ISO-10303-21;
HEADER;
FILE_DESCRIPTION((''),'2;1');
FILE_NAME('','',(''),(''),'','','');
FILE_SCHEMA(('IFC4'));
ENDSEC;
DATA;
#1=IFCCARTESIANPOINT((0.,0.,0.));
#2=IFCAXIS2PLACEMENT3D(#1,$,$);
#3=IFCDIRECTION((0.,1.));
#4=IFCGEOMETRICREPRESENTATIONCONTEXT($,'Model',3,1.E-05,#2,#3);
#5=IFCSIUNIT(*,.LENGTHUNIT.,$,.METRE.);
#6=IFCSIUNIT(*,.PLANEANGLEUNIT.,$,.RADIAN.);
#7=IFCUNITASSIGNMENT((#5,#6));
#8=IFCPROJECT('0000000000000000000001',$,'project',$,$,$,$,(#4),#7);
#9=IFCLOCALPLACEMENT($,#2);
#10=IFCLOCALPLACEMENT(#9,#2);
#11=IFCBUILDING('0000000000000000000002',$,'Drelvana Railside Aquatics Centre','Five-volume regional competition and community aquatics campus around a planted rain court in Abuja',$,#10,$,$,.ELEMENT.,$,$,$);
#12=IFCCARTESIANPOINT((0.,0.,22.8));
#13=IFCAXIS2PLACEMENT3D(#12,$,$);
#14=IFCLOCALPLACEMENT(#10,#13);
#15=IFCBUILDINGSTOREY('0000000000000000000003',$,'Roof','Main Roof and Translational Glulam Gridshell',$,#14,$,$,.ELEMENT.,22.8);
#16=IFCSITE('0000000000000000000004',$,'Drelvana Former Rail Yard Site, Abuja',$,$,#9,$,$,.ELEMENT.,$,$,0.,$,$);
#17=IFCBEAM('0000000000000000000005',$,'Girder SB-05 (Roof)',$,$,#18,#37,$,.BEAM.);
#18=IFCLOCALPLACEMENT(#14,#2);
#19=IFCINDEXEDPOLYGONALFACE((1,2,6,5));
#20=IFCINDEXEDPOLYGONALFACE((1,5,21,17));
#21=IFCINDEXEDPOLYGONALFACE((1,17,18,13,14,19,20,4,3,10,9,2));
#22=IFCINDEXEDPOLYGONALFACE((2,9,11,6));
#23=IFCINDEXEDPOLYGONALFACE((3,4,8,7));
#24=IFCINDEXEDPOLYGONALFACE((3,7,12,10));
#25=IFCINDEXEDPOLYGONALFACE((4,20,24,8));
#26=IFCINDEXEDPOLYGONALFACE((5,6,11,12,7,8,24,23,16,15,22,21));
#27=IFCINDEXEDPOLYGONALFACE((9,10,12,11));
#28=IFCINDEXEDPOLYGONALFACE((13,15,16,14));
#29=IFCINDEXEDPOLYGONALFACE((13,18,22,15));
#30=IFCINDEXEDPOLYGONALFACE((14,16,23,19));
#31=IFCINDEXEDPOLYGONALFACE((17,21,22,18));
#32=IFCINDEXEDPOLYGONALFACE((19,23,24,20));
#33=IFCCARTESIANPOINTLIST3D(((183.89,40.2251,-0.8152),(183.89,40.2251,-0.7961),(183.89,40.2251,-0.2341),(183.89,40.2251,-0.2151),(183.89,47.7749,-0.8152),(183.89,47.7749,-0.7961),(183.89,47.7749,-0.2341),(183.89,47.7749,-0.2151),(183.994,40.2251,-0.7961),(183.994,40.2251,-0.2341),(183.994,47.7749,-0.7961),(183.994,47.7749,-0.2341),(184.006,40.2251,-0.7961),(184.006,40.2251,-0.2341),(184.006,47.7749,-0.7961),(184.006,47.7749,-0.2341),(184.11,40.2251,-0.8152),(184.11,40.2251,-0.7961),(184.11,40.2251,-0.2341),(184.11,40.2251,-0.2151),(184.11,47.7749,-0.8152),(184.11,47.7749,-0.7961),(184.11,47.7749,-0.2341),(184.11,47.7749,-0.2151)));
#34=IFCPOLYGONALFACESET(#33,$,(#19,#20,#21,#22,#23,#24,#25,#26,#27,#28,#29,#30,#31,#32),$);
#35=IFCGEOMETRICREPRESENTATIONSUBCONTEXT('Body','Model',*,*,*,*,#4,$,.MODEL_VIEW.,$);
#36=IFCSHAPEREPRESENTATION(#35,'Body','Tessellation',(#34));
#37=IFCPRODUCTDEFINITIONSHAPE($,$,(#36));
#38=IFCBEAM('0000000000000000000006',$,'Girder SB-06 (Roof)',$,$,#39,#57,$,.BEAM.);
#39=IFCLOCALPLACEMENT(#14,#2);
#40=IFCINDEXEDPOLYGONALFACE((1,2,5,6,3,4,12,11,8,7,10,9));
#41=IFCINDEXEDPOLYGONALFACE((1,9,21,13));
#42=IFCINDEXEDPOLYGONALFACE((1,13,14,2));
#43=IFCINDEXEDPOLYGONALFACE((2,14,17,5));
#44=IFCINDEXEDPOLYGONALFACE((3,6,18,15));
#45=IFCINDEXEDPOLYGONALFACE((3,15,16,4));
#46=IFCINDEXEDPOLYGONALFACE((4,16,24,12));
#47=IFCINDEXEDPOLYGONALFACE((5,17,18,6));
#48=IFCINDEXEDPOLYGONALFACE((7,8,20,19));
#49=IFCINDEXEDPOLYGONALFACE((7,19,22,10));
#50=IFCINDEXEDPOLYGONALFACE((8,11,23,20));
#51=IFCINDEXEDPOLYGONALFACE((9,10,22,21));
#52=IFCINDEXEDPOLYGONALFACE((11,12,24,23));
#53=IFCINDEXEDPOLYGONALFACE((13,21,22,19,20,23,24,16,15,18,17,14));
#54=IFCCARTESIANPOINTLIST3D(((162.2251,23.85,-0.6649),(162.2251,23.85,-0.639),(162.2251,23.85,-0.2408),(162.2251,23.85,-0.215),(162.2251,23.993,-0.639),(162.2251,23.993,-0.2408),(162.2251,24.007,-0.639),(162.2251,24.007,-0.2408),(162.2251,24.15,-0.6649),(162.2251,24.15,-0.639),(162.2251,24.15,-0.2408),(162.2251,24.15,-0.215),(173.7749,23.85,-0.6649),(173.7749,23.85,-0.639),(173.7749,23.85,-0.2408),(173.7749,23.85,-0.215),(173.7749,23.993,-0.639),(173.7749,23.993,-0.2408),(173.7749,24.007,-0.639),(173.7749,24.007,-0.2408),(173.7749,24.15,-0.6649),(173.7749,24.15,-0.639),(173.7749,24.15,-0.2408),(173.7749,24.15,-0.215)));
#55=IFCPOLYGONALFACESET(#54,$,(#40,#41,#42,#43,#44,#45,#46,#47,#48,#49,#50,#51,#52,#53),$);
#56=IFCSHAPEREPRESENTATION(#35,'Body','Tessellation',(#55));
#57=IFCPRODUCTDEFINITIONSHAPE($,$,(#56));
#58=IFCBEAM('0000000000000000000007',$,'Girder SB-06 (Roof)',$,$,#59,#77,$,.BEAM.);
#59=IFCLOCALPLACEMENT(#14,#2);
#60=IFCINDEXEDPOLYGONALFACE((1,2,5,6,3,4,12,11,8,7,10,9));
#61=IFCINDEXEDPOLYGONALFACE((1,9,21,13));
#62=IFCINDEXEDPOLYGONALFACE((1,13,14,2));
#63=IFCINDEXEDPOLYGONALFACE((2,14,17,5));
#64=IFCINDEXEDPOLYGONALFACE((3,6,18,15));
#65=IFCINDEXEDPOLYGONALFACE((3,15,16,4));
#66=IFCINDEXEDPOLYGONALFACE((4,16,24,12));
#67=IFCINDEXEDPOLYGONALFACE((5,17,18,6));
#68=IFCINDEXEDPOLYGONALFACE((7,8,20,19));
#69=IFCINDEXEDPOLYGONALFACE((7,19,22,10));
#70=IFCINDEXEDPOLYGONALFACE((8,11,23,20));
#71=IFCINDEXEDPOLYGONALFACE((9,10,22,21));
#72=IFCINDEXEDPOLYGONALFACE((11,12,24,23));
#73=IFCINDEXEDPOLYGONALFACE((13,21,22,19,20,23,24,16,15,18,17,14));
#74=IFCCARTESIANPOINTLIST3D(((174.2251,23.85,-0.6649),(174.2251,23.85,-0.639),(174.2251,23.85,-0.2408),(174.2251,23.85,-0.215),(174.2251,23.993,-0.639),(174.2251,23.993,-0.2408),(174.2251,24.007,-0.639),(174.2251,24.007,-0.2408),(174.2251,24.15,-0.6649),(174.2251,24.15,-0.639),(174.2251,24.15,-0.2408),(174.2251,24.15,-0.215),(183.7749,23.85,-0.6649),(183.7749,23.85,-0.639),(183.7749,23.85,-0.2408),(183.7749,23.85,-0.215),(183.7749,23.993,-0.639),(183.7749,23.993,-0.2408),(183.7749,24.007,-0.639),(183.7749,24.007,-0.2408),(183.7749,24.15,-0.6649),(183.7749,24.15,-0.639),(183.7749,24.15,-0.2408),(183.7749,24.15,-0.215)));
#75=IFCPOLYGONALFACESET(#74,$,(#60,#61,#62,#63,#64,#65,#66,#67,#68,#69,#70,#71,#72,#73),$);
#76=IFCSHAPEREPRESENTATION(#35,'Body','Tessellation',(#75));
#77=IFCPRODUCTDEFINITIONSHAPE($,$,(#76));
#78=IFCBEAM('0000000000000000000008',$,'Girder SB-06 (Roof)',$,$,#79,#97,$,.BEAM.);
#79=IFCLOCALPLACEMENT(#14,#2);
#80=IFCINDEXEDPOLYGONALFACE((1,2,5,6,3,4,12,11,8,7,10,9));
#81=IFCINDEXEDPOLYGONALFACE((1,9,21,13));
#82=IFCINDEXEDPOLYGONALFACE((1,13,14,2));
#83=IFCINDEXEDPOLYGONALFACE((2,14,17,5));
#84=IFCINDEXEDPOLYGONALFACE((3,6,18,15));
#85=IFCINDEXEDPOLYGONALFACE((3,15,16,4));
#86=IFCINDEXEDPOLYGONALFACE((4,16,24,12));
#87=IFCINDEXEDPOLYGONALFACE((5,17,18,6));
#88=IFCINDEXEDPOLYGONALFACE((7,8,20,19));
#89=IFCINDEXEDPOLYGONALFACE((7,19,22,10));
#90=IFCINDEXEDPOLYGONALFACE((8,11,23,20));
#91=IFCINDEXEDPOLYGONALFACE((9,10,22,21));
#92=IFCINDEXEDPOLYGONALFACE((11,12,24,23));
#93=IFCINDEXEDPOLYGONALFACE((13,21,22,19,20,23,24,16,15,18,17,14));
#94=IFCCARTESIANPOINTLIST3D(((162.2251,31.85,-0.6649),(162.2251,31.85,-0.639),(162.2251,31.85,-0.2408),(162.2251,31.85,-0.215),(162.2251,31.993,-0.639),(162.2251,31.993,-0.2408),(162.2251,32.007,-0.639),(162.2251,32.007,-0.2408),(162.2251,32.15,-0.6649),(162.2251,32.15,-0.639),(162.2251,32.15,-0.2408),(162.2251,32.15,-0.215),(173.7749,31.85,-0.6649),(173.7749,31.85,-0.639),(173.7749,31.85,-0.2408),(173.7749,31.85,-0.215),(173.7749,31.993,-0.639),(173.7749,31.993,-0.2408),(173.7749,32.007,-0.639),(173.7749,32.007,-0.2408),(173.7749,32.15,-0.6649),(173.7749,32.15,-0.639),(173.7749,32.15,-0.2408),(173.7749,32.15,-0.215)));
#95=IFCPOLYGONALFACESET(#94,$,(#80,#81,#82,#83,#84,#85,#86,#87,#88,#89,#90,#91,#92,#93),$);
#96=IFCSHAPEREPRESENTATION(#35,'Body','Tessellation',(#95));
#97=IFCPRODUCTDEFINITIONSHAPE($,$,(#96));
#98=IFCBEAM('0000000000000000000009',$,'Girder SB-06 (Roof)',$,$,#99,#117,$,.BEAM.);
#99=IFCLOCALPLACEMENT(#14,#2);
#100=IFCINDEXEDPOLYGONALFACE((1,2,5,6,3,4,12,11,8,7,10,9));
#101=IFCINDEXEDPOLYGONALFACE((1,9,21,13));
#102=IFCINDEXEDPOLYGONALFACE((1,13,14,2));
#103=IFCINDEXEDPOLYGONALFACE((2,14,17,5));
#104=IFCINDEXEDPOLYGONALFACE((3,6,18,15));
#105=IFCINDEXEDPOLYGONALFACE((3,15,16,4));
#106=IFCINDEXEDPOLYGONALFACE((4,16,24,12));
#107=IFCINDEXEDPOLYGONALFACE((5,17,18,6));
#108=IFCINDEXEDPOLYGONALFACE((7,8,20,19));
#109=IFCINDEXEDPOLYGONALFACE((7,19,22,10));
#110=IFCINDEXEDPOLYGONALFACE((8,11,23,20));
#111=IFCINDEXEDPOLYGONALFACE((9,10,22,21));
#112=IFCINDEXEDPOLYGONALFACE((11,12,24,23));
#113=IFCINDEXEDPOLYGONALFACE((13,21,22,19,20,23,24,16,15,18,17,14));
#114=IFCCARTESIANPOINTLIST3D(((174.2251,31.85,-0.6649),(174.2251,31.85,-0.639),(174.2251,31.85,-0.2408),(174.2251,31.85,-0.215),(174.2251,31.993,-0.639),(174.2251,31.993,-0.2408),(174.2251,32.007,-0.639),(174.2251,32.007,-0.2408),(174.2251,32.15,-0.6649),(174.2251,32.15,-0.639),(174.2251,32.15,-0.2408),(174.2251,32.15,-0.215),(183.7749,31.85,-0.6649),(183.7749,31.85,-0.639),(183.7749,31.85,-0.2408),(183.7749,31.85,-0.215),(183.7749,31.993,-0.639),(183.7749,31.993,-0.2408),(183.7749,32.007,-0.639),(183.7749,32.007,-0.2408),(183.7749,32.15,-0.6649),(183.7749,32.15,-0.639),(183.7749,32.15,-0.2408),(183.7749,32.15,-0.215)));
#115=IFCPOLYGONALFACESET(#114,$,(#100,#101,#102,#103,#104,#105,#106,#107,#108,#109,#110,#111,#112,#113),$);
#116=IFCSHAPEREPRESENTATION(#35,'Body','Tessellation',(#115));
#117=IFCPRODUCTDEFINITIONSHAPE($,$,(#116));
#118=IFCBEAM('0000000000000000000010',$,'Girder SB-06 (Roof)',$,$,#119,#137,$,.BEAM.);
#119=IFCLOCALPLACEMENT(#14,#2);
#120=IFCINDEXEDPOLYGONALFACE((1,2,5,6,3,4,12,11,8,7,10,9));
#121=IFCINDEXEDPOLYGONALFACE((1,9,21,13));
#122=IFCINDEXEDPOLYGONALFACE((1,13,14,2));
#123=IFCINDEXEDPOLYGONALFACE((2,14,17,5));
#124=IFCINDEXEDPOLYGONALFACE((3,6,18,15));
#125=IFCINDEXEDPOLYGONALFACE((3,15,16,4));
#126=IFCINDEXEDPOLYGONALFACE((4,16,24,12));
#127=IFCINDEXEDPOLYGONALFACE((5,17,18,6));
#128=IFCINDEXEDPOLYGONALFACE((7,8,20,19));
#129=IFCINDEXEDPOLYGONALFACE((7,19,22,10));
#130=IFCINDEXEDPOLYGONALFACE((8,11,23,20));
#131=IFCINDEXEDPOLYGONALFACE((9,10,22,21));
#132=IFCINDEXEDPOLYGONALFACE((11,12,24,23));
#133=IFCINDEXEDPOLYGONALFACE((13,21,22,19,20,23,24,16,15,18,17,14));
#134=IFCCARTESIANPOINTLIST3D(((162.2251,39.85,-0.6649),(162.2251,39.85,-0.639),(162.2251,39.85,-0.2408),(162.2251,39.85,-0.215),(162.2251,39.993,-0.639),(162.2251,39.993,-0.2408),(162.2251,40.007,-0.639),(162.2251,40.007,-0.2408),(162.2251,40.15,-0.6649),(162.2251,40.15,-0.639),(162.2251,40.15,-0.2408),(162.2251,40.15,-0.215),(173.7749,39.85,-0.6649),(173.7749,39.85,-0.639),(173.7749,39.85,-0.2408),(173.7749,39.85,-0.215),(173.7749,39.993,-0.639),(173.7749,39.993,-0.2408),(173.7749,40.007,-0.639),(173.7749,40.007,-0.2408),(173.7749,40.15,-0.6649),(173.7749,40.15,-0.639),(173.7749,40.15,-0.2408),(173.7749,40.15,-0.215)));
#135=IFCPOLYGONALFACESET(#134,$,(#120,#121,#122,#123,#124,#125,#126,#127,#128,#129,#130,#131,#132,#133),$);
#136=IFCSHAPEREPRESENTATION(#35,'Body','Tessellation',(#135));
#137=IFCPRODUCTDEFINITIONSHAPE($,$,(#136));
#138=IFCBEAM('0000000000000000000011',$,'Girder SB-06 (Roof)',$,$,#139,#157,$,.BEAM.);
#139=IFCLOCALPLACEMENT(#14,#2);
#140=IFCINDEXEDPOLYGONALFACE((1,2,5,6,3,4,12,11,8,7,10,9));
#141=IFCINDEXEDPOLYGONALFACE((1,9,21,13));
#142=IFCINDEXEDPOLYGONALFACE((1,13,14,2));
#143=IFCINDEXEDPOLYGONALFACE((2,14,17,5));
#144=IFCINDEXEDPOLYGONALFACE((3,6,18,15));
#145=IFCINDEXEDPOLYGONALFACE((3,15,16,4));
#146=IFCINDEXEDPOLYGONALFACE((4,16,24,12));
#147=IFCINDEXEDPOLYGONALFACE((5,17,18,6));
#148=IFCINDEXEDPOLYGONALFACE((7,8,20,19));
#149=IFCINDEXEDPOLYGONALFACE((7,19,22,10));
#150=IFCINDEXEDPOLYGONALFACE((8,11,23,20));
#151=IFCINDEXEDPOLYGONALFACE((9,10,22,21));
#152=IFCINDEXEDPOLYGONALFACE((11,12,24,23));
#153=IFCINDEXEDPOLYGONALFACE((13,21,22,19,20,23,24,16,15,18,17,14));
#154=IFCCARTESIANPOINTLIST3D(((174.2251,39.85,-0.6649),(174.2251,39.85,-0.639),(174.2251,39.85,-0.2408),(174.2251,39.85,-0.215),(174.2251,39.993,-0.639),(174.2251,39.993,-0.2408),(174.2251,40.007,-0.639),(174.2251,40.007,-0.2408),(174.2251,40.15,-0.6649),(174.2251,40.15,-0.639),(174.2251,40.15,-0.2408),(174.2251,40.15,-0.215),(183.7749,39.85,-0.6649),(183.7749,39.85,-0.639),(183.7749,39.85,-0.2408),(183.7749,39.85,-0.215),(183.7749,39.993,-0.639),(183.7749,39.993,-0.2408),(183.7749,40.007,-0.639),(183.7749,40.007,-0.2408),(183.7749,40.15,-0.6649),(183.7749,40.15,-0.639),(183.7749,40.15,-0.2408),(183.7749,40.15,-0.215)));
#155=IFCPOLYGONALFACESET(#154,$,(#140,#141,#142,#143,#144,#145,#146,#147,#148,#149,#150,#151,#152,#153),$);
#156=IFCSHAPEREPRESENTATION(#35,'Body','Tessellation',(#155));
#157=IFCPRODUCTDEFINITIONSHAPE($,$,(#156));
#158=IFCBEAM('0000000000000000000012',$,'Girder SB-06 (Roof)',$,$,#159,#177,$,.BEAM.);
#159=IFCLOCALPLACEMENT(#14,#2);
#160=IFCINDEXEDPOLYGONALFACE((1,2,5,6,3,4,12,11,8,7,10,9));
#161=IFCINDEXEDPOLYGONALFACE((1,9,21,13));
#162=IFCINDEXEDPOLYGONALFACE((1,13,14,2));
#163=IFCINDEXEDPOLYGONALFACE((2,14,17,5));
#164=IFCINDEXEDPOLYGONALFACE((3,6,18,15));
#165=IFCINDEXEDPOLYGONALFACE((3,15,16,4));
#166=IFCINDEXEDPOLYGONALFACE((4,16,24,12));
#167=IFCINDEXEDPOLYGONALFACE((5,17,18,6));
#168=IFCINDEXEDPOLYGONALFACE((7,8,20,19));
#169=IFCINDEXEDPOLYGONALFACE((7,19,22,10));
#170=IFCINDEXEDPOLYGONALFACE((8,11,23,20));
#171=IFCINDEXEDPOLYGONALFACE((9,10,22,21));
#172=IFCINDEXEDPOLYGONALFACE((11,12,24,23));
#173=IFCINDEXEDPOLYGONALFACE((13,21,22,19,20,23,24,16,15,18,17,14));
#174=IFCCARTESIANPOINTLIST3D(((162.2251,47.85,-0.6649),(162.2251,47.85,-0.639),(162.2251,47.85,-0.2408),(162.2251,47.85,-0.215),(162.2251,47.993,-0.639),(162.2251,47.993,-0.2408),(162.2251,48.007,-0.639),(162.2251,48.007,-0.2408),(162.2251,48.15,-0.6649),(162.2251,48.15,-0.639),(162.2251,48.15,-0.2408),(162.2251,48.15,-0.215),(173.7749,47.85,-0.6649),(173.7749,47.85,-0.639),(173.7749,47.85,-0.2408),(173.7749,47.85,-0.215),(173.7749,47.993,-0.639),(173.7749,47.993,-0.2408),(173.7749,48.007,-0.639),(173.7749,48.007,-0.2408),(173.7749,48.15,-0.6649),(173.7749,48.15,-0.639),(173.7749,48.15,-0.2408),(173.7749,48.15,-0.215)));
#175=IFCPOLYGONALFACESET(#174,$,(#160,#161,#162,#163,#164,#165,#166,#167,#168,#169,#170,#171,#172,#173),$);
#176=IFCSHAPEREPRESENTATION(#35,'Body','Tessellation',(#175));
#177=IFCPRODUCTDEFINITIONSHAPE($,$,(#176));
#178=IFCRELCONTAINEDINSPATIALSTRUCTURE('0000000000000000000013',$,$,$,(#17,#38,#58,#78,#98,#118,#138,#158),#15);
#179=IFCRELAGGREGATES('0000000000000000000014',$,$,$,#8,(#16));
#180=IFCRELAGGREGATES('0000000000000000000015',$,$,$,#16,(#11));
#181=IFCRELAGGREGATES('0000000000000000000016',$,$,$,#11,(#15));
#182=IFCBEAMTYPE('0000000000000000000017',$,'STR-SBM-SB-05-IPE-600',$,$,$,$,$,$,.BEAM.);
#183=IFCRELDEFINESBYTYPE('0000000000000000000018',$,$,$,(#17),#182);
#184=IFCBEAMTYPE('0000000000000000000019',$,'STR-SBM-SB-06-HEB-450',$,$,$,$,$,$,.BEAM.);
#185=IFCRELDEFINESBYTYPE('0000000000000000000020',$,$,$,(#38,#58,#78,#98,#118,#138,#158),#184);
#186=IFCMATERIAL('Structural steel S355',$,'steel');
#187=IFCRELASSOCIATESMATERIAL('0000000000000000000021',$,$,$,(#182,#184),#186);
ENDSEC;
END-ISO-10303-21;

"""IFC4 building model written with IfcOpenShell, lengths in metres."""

from ifc_helpers import new_model, si_unit, direction, frame, origin, origin_2d, place, context, subcontext, project, spatial, i_section, extrude, material, material_profile, profile_set, type_object, element, save


model = new_model("IFC4")

# Units and contexts
model_context = context("Model", 3, precision=1e-05, world=origin(), true_north=direction((0.0, 1.0)))
body_context = subcontext(model_context, "Body", "Model", "MODEL_VIEW")
ifc_project = project(units=[si_unit("LENGTHUNIT", "METRE"), si_unit("PLANEANGLEUNIT", "RADIAN")], contexts=[model_context])

# Site, building, storey
site_placement = place(None, origin())
site = spatial("IfcSite", under=ifc_project, at=site_placement, Name="Drelvana Former Rail Yard Site, Abuja", CompositionType="ELEMENT", RefElevation=0.0)
building_placement = place(site_placement, origin())
building = spatial("IfcBuilding", under=site, at=building_placement, Name="Drelvana Railside Aquatics Centre", Description="Five-volume regional competition and community aquatics campus around a planted rain court in Abuja", CompositionType="ELEMENT")
storey_placement = place(building_placement, frame((0.0, 0.0, 22.8)))
storey = spatial("IfcBuildingStorey", under=building, at=storey_placement, Name="Roof", Description="Main Roof and Translational Glulam Gridshell", CompositionType="ELEMENT", Elevation=22.8)

# Beams
ifc_material = material(Name="Structural steel S355", Category="steel")
ifc_material_profile_1 = material_profile(ifc_material, i_section(OverallWidth=0.22, OverallDepth=0.6001, WebThickness=0.012, FlangeThickness=0.019, at=origin_2d()), Name="IPE 600")
ifc_profile_set_1 = profile_set([ifc_material_profile_1], Name="Structural steel S355")
beam_type_1 = type_object("IfcBeamType", Name="STR-SBM-SB-05-IPE-600", PredefinedType="BEAM", material=ifc_profile_set_1)
for number, where, z_axis, x_axis, name in (
    (1, (184.0, 40.2251, -0.5151), (0.0, 1.0, 0.0), (-1.0, 0.0, 0.0), "Girder SB-05 (Roof)"),
):
    element("IfcBeam", number, at=place(storey_placement, frame(where, z_axis=z_axis, x_axis=x_axis)), inside=storey, type_object=beam_type_1, Name=name, PredefinedType="BEAM", context=body_context, shape_type="SweptSolid", body=[
        extrude(i_section(OverallWidth=0.22, OverallDepth=0.6001, WebThickness=0.012, FlangeThickness=0.019, at=origin_2d()), origin(), (0.0, 0.0, 1.0), 7.5498),
    ])
ifc_material_profile_2 = material_profile(ifc_material, i_section(OverallWidth=0.3, OverallDepth=0.45, WebThickness=0.0139, FlangeThickness=0.0259, at=origin_2d()), Name="HEB 450")
ifc_profile_set_2 = profile_set([ifc_material_profile_2], Name="Structural steel S355")
beam_type_2 = type_object("IfcBeamType", Name="STR-SBM-SB-06-HEB-450", PredefinedType="BEAM", material=ifc_profile_set_2)
beam_1_placement = place(storey_placement, frame((162.2251, 24.0, -0.4399), z_axis=(1.0, 0.0, 0.0), x_axis=(0.0, 1.0, 0.0)))
element("IfcBeam", 2, at=beam_1_placement, inside=storey, type_object=beam_type_2, Name="Girder SB-06 (Roof)", PredefinedType="BEAM", context=body_context, shape_type="SweptSolid", body=[
    extrude(i_section(OverallWidth=0.3, OverallDepth=0.45, WebThickness=0.0139, FlangeThickness=0.0259, at=origin_2d()), origin(), (0.0, 0.0, 1.0), 11.5498),
])
beam_2_placement = place(storey_placement, frame((174.2251, 24.0, -0.4399), z_axis=(1.0, 0.0, 0.0), x_axis=(0.0, 1.0, 0.0)))
element("IfcBeam", 3, at=beam_2_placement, inside=storey, type_object=beam_type_2, Name="Girder SB-06 (Roof)", PredefinedType="BEAM", context=body_context, shape_type="SweptSolid", body=[
    extrude(i_section(OverallWidth=0.3, OverallDepth=0.45, WebThickness=0.0139, FlangeThickness=0.0259, at=origin_2d()), origin(), (0.0, 0.0, 1.0), 9.5498),
])
beam_3_placement = place(storey_placement, frame((162.2251, 32.0, -0.4399), z_axis=(1.0, 0.0, 0.0), x_axis=(0.0, 1.0, 0.0)))
element("IfcBeam", 4, at=beam_3_placement, inside=storey, type_object=beam_type_2, Name="Girder SB-06 (Roof)", PredefinedType="BEAM", context=body_context, shape_type="SweptSolid", body=[
    extrude(i_section(OverallWidth=0.3, OverallDepth=0.45, WebThickness=0.0139, FlangeThickness=0.0259, at=origin_2d()), origin(), (0.0, 0.0, 1.0), 11.5498),
])
beam_4_placement = place(storey_placement, frame((174.2251, 32.0, -0.4399), z_axis=(1.0, 0.0, 0.0), x_axis=(0.0, 1.0, 0.0)))
element("IfcBeam", 5, at=beam_4_placement, inside=storey, type_object=beam_type_2, Name="Girder SB-06 (Roof)", PredefinedType="BEAM", context=body_context, shape_type="SweptSolid", body=[
    extrude(i_section(OverallWidth=0.3, OverallDepth=0.45, WebThickness=0.0139, FlangeThickness=0.0259, at=origin_2d()), origin(), (0.0, 0.0, 1.0), 9.5498),
])
beam_5_placement = place(storey_placement, frame((162.2251, 40.0, -0.4399), z_axis=(1.0, 0.0, 0.0), x_axis=(0.0, 1.0, 0.0)))
element("IfcBeam", 6, at=beam_5_placement, inside=storey, type_object=beam_type_2, Name="Girder SB-06 (Roof)", PredefinedType="BEAM", context=body_context, shape_type="SweptSolid", body=[
    extrude(i_section(OverallWidth=0.3, OverallDepth=0.45, WebThickness=0.0139, FlangeThickness=0.0259, at=origin_2d()), origin(), (0.0, 0.0, 1.0), 11.5498),
])
beam_6_placement = place(storey_placement, frame((174.2251, 40.0, -0.4399), z_axis=(1.0, 0.0, 0.0), x_axis=(0.0, 1.0, 0.0)))
element("IfcBeam", 7, at=beam_6_placement, inside=storey, type_object=beam_type_2, Name="Girder SB-06 (Roof)", PredefinedType="BEAM", context=body_context, shape_type="SweptSolid", body=[
    extrude(i_section(OverallWidth=0.3, OverallDepth=0.45, WebThickness=0.0139, FlangeThickness=0.0259, at=origin_2d()), origin(), (0.0, 0.0, 1.0), 9.5498),
])
beam_7_placement = place(storey_placement, frame((162.2251, 48.0, -0.4399), z_axis=(1.0, 0.0, 0.0), x_axis=(0.0, 1.0, 0.0)))
element("IfcBeam", 8, at=beam_7_placement, inside=storey, type_object=beam_type_2, Name="Girder SB-06 (Roof)", PredefinedType="BEAM", context=body_context, shape_type="SweptSolid", body=[
    extrude(i_section(OverallWidth=0.3, OverallDepth=0.45, WebThickness=0.0139, FlangeThickness=0.0259, at=origin_2d()), origin(), (0.0, 0.0, 1.0), 11.5498),
])

save(model, "model.ifc")
